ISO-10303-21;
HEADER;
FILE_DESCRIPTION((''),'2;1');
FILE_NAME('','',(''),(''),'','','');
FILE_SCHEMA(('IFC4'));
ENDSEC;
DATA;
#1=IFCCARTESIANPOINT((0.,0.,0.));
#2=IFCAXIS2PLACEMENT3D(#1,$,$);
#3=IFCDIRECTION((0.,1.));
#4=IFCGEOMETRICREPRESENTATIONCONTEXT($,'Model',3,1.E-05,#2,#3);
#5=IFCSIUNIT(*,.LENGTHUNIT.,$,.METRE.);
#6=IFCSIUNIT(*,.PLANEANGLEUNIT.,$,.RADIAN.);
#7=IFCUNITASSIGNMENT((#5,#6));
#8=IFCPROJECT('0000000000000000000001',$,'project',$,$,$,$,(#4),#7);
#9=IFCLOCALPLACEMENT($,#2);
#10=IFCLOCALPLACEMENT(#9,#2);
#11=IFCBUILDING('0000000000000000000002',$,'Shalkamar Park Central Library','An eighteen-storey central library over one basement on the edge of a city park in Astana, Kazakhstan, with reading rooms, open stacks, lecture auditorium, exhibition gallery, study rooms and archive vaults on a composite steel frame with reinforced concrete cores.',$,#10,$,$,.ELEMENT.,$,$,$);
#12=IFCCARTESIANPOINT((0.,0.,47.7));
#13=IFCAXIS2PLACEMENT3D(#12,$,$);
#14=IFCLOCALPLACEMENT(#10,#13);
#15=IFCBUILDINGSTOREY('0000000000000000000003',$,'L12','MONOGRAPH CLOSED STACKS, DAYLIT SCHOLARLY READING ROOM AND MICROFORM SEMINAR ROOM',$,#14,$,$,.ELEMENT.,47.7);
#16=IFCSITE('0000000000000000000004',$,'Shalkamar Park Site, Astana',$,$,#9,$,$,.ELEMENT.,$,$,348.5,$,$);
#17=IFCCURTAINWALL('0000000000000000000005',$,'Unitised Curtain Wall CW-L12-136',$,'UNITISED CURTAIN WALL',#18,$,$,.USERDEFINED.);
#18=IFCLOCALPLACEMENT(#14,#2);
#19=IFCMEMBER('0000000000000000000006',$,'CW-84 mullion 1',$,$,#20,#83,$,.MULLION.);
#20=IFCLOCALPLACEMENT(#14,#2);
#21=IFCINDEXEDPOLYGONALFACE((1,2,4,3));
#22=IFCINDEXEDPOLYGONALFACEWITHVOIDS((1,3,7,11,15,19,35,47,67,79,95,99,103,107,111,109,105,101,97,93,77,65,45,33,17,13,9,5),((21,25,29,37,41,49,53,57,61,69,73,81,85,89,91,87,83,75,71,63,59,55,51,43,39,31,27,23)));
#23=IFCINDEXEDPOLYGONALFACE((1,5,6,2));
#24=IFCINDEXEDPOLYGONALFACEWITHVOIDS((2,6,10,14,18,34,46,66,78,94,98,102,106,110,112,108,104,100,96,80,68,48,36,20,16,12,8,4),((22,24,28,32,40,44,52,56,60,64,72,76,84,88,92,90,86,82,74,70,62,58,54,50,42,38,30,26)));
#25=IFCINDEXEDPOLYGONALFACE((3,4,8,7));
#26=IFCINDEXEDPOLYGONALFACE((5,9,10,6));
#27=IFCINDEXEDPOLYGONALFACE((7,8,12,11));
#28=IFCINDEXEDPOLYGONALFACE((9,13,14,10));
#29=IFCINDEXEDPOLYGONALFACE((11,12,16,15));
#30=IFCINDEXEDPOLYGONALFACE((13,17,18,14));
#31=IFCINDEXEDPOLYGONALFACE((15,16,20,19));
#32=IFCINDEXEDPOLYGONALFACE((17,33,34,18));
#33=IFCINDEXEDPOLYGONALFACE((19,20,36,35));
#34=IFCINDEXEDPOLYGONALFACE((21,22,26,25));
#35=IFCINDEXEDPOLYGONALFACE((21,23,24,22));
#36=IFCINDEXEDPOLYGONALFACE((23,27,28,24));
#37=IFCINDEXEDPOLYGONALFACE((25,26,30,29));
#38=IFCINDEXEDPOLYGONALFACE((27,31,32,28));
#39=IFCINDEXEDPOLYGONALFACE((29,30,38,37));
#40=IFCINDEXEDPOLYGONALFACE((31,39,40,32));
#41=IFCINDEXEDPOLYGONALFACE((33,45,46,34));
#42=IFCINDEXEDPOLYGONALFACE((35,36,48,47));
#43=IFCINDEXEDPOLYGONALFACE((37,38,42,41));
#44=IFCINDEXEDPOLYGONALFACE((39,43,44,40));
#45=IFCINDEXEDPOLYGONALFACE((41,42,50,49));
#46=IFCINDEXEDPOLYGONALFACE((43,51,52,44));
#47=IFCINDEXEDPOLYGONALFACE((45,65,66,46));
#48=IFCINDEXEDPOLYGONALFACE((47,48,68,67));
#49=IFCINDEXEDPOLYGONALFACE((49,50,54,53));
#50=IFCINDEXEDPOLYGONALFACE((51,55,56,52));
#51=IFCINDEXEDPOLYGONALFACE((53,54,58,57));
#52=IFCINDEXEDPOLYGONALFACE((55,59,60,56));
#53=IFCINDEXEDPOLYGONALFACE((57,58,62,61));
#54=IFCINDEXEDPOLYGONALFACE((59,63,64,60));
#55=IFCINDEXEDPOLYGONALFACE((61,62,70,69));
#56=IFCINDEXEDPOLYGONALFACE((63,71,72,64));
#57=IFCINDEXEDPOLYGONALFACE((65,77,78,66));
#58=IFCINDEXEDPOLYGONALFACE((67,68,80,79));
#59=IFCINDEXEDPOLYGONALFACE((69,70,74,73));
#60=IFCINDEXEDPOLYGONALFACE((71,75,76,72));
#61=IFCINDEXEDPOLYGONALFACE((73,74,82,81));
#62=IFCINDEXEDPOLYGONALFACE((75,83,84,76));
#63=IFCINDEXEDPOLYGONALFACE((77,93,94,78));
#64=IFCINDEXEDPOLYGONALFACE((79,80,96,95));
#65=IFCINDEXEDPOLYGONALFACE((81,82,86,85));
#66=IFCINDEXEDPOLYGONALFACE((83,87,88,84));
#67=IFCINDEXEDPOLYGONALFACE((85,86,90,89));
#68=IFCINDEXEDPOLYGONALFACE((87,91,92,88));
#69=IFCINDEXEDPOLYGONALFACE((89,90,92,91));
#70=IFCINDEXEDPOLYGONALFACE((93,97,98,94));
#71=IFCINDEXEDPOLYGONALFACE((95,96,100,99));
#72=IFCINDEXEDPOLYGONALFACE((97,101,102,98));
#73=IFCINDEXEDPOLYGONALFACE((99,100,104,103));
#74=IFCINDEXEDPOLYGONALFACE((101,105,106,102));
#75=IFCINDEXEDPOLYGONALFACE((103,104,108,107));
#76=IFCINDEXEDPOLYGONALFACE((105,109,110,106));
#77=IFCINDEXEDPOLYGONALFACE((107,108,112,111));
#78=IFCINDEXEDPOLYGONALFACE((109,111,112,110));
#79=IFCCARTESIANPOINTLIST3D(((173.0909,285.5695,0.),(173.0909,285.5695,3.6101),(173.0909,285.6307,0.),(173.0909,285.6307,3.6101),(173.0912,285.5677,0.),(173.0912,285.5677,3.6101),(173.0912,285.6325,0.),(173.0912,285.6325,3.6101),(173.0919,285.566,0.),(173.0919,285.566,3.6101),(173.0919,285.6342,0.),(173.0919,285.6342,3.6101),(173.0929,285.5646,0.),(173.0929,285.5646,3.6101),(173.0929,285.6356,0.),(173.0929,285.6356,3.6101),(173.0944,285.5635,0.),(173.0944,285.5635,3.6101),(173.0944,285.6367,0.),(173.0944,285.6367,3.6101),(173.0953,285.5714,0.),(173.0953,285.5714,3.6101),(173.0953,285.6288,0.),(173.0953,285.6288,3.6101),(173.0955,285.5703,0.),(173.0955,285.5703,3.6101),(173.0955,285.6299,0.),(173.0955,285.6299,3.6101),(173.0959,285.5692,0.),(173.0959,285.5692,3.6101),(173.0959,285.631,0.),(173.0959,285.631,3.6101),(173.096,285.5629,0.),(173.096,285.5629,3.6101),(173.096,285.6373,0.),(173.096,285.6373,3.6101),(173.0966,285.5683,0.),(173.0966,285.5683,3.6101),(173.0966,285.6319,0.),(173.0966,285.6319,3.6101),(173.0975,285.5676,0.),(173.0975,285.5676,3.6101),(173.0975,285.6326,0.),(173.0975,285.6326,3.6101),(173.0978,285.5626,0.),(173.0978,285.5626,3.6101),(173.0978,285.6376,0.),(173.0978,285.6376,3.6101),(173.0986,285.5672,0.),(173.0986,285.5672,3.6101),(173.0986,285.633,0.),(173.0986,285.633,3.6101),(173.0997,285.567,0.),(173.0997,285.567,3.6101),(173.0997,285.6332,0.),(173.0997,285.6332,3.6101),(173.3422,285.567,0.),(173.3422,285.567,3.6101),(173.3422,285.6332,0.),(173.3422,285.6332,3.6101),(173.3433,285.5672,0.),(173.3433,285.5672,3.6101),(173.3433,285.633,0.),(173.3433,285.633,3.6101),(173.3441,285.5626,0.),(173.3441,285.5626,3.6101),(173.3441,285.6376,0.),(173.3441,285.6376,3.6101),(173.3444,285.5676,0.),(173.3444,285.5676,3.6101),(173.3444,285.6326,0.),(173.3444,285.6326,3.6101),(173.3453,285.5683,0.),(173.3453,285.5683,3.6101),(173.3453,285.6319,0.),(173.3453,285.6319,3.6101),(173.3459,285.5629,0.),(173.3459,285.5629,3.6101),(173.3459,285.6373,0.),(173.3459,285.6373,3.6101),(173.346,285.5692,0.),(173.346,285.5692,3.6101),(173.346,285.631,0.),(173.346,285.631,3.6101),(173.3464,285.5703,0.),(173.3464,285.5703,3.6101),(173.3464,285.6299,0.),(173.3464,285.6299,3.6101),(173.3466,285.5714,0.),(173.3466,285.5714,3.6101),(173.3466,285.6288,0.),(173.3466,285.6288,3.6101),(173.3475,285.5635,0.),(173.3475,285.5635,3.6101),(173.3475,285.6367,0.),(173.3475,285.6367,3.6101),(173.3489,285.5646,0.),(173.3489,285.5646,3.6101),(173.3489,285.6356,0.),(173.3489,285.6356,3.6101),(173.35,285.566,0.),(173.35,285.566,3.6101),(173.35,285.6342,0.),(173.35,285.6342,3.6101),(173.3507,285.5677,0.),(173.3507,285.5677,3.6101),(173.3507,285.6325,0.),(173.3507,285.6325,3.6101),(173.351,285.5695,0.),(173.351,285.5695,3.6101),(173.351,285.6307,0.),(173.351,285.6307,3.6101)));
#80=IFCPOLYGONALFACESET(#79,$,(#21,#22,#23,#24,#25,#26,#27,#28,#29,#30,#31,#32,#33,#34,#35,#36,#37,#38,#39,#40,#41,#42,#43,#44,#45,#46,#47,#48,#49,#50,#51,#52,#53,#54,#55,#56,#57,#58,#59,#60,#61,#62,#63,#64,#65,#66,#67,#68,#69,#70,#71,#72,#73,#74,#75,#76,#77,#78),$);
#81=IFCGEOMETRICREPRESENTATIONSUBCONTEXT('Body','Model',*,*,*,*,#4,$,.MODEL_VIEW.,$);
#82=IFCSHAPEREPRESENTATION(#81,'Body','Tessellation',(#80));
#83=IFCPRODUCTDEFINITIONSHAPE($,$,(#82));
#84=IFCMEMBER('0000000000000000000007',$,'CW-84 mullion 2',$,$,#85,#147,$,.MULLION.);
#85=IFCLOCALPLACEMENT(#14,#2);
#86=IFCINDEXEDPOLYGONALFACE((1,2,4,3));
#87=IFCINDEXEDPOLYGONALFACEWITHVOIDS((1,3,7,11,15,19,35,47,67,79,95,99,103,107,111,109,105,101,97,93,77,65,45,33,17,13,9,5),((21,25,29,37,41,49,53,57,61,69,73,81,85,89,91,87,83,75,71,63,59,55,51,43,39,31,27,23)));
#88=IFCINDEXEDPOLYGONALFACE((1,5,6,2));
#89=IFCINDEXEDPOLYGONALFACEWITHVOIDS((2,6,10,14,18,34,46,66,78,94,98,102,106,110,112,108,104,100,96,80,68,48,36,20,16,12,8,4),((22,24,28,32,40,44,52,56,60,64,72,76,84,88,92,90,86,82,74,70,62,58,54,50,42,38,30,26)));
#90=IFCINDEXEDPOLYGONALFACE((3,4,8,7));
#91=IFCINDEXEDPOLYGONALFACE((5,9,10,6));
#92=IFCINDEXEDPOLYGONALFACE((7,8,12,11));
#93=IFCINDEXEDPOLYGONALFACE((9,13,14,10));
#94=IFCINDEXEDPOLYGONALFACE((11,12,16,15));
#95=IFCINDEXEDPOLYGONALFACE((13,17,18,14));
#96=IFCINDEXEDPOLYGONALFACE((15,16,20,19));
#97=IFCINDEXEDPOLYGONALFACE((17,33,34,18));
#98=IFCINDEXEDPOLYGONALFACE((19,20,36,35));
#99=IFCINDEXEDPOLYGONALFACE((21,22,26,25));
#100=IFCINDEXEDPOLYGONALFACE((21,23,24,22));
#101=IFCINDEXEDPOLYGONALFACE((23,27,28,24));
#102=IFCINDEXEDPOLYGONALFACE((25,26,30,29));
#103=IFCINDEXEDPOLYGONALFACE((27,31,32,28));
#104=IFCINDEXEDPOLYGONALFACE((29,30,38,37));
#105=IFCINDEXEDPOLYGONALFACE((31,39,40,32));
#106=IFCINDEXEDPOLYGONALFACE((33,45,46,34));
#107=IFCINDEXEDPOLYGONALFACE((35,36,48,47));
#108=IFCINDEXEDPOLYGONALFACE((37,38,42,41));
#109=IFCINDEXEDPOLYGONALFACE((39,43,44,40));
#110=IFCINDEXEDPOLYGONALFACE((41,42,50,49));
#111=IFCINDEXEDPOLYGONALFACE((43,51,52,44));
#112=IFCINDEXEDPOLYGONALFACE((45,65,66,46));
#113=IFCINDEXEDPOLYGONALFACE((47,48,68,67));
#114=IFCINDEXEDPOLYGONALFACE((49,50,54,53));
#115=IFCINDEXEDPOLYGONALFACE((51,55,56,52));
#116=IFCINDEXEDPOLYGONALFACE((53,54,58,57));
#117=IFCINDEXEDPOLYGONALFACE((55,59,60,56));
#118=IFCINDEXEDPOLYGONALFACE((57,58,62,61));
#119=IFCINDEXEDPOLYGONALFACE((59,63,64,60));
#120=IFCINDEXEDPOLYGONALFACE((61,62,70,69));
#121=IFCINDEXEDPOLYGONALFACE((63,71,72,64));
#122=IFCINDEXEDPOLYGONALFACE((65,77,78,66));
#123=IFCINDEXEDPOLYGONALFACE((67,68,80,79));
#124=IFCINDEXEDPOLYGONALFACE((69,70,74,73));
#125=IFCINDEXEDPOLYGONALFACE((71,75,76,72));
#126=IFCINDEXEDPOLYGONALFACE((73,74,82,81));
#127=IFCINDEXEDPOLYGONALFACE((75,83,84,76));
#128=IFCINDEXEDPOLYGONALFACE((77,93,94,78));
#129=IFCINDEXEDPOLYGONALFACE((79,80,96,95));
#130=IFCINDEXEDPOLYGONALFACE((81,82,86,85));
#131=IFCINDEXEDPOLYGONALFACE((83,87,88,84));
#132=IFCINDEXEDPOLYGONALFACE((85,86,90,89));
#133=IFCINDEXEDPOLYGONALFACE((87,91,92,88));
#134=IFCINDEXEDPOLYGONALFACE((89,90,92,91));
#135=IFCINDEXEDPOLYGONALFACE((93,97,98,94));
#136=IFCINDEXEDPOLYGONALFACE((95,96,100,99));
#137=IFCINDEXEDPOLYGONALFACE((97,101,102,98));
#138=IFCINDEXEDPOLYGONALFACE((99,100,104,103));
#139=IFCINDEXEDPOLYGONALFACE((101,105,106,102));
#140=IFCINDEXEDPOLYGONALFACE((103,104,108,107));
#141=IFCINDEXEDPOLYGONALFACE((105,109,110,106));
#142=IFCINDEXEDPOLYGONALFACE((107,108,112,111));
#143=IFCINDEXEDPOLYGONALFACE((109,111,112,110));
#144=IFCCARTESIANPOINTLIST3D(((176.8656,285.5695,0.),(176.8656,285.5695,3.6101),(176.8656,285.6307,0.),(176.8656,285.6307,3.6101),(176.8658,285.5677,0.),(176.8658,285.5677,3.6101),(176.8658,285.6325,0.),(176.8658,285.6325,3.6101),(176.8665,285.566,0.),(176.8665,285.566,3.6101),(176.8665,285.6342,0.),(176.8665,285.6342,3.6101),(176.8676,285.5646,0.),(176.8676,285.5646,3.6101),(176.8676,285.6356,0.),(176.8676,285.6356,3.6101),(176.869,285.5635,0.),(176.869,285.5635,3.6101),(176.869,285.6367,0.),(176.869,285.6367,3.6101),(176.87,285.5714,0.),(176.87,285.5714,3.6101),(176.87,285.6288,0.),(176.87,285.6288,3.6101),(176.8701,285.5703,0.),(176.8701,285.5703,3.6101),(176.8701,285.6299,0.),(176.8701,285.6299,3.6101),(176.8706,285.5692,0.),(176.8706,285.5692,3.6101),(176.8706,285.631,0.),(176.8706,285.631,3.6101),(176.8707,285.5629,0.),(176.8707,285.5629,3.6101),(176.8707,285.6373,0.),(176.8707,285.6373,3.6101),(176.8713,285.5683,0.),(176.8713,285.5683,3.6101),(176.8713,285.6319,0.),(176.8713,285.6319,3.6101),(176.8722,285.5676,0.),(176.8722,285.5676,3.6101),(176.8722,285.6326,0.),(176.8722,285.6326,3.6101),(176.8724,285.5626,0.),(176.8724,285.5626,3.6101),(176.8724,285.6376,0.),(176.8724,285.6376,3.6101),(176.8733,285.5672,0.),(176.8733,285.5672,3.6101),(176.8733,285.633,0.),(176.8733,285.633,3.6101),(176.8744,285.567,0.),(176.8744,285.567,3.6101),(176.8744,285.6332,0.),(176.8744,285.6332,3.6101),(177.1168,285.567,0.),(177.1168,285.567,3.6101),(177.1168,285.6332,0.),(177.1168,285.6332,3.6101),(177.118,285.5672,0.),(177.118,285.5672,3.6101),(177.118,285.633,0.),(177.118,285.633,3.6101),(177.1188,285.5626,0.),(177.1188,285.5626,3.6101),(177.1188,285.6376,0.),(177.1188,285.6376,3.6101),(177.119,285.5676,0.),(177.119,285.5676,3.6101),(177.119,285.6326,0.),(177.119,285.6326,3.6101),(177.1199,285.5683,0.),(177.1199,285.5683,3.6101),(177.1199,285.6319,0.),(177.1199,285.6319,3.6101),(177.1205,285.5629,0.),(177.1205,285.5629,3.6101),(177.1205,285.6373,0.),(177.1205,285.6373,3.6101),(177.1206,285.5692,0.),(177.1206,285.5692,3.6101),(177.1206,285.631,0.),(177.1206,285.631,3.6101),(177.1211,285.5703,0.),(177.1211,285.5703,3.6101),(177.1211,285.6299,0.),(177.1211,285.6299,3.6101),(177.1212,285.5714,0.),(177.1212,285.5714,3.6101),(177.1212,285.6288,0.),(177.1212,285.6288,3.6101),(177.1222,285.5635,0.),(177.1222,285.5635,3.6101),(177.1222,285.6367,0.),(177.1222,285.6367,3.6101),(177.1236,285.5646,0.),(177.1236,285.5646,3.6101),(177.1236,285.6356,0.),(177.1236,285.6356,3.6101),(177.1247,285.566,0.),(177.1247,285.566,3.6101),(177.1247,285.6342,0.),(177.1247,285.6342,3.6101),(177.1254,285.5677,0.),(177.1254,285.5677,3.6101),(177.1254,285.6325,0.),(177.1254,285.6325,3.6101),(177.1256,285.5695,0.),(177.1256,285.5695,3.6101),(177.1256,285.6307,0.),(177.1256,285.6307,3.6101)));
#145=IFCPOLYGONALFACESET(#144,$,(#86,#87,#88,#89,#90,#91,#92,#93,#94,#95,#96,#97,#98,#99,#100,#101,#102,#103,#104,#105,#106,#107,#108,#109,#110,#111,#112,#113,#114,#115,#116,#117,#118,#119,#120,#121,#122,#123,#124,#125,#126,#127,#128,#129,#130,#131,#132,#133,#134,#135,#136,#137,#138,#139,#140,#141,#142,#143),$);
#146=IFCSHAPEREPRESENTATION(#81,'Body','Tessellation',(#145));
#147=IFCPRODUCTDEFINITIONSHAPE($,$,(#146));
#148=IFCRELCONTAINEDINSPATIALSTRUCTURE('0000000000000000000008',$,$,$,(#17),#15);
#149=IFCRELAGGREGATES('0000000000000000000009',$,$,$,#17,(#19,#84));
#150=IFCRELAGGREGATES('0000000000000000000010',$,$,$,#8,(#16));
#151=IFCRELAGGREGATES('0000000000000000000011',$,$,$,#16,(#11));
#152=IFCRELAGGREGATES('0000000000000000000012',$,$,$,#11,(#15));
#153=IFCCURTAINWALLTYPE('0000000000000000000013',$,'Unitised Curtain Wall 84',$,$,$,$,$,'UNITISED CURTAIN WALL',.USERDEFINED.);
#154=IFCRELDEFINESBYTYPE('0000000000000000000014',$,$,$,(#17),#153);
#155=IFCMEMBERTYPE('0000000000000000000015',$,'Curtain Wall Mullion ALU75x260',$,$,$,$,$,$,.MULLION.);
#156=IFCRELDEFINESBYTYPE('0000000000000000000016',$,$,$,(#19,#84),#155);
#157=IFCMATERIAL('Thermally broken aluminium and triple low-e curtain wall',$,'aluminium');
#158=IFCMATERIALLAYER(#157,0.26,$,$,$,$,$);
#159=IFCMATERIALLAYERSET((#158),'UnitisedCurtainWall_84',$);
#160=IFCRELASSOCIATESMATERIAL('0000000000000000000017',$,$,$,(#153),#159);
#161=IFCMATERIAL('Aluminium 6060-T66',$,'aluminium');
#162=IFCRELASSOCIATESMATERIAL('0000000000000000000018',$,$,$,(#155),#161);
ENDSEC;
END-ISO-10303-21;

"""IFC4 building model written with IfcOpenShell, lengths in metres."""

from ifc_helpers import new_model, si_unit, direction, frame, origin, origin_2d, place, context, subcontext, project, spatial, hollow_rectangle, extrude, material, layer, layer_set, material_profile, profile_set, type_object, element, aggregate, save


model = new_model("IFC4")

# Units and contexts
model_context = context("Model", 3, precision=1e-05, world=origin(), true_north=direction((0.0, 1.0)))
body_context = subcontext(model_context, "Body", "Model", "MODEL_VIEW")
ifc_project = project(units=[si_unit("LENGTHUNIT", "METRE"), si_unit("PLANEANGLEUNIT", "RADIAN")], contexts=[model_context])

# Site, building, storey
site_placement = place(None, origin())
site = spatial("IfcSite", under=ifc_project, at=site_placement, Name="Shalkamar Park Site, Astana", CompositionType="ELEMENT", RefElevation=348.5)
building_placement = place(site_placement, origin())
building = spatial("IfcBuilding", under=site, at=building_placement, Name="Shalkamar Park Central Library", Description="An eighteen-storey central library over one basement on the edge of a city park in Astana, Kazakhstan, with reading rooms, open stacks, lecture auditorium, exhibition gallery, study rooms and archive vaults on a composite steel frame with reinforced concrete cores.", CompositionType="ELEMENT")
storey_placement = place(building_placement, frame((0.0, 0.0, 47.7)))
storey = spatial("IfcBuildingStorey", under=building, at=storey_placement, Name="L12", Description="MONOGRAPH CLOSED STACKS, DAYLIT SCHOLARLY READING ROOM AND MICROFORM SEMINAR ROOM", CompositionType="ELEMENT", Elevation=47.7)

# Curtain wall, members
ifc_material_1 = material(Name="Thermally broken aluminium and triple low-e curtain wall", Category="aluminium")
ifc_material_2 = material(Name="Aluminium 6060-T66", Category="aluminium")
ifc_layer_1 = layer(ifc_material_1, 0.26)
ifc_layer_set_1 = layer_set([ifc_layer_1], Name="UnitisedCurtainWall_84")
curtain_wall_type_1 = type_object("IfcCurtainWallType", Name="Unitised Curtain Wall 84", ElementType="UNITISED CURTAIN WALL", PredefinedType="USERDEFINED", material=ifc_layer_set_1)
curtain_wall_1_placement = place(storey_placement, origin())
curtain_wall_1 = element("IfcCurtainWall", 1, at=curtain_wall_1_placement, inside=storey, type_object=curtain_wall_type_1, Name="Unitised Curtain Wall CW-L12-136", ObjectType="UNITISED CURTAIN WALL", PredefinedType="USERDEFINED")
ifc_material_profile_1 = material_profile(ifc_material_2, hollow_rectangle(XDim=0.075, YDim=0.26, WallThickness=0.0044, InnerFilletRadius=0.0044, OuterFilletRadius=0.0068, at=origin_2d()), Name="ALU 75x260x4.5")
ifc_profile_set_1 = profile_set([ifc_material_profile_1], Name="Aluminium 6060-T66")
member_type_1 = type_object("IfcMemberType", Name="Curtain Wall Mullion ALU75x260", PredefinedType="MULLION", material=ifc_profile_set_1)
member_1_placement = place(storey_placement, frame((173.2209, 285.6001, 0.0), z_axis=(0.0, 0.0, 1.0), x_axis=(0.0, 1.0, 0.0)))
member_1 = element("IfcMember", 2, at=member_1_placement, type_object=member_type_1, Name="CW-84 mullion 1", PredefinedType="MULLION", context=body_context, shape_type="SweptSolid", body=[
    extrude(hollow_rectangle(XDim=0.075, YDim=0.26, WallThickness=0.0044, InnerFilletRadius=0.0044, OuterFilletRadius=0.0068, at=origin_2d()), origin(), (0.0, 0.0, 1.0), 3.6101),
])
member_2_placement = place(storey_placement, frame((176.9956, 285.6001, 0.0), z_axis=(0.0, 0.0, 1.0), x_axis=(0.0, 1.0, 0.0)))
member_2 = element("IfcMember", 3, at=member_2_placement, type_object=member_type_1, Name="CW-84 mullion 2", PredefinedType="MULLION", context=body_context, shape_type="SweptSolid", body=[
    extrude(hollow_rectangle(XDim=0.075, YDim=0.26, WallThickness=0.0044, InnerFilletRadius=0.0044, OuterFilletRadius=0.0068, at=origin_2d()), origin(), (0.0, 0.0, 1.0), 3.6101),
])

aggregate(curtain_wall_1, [member_1, member_2])

save(model, "model.ifc")
